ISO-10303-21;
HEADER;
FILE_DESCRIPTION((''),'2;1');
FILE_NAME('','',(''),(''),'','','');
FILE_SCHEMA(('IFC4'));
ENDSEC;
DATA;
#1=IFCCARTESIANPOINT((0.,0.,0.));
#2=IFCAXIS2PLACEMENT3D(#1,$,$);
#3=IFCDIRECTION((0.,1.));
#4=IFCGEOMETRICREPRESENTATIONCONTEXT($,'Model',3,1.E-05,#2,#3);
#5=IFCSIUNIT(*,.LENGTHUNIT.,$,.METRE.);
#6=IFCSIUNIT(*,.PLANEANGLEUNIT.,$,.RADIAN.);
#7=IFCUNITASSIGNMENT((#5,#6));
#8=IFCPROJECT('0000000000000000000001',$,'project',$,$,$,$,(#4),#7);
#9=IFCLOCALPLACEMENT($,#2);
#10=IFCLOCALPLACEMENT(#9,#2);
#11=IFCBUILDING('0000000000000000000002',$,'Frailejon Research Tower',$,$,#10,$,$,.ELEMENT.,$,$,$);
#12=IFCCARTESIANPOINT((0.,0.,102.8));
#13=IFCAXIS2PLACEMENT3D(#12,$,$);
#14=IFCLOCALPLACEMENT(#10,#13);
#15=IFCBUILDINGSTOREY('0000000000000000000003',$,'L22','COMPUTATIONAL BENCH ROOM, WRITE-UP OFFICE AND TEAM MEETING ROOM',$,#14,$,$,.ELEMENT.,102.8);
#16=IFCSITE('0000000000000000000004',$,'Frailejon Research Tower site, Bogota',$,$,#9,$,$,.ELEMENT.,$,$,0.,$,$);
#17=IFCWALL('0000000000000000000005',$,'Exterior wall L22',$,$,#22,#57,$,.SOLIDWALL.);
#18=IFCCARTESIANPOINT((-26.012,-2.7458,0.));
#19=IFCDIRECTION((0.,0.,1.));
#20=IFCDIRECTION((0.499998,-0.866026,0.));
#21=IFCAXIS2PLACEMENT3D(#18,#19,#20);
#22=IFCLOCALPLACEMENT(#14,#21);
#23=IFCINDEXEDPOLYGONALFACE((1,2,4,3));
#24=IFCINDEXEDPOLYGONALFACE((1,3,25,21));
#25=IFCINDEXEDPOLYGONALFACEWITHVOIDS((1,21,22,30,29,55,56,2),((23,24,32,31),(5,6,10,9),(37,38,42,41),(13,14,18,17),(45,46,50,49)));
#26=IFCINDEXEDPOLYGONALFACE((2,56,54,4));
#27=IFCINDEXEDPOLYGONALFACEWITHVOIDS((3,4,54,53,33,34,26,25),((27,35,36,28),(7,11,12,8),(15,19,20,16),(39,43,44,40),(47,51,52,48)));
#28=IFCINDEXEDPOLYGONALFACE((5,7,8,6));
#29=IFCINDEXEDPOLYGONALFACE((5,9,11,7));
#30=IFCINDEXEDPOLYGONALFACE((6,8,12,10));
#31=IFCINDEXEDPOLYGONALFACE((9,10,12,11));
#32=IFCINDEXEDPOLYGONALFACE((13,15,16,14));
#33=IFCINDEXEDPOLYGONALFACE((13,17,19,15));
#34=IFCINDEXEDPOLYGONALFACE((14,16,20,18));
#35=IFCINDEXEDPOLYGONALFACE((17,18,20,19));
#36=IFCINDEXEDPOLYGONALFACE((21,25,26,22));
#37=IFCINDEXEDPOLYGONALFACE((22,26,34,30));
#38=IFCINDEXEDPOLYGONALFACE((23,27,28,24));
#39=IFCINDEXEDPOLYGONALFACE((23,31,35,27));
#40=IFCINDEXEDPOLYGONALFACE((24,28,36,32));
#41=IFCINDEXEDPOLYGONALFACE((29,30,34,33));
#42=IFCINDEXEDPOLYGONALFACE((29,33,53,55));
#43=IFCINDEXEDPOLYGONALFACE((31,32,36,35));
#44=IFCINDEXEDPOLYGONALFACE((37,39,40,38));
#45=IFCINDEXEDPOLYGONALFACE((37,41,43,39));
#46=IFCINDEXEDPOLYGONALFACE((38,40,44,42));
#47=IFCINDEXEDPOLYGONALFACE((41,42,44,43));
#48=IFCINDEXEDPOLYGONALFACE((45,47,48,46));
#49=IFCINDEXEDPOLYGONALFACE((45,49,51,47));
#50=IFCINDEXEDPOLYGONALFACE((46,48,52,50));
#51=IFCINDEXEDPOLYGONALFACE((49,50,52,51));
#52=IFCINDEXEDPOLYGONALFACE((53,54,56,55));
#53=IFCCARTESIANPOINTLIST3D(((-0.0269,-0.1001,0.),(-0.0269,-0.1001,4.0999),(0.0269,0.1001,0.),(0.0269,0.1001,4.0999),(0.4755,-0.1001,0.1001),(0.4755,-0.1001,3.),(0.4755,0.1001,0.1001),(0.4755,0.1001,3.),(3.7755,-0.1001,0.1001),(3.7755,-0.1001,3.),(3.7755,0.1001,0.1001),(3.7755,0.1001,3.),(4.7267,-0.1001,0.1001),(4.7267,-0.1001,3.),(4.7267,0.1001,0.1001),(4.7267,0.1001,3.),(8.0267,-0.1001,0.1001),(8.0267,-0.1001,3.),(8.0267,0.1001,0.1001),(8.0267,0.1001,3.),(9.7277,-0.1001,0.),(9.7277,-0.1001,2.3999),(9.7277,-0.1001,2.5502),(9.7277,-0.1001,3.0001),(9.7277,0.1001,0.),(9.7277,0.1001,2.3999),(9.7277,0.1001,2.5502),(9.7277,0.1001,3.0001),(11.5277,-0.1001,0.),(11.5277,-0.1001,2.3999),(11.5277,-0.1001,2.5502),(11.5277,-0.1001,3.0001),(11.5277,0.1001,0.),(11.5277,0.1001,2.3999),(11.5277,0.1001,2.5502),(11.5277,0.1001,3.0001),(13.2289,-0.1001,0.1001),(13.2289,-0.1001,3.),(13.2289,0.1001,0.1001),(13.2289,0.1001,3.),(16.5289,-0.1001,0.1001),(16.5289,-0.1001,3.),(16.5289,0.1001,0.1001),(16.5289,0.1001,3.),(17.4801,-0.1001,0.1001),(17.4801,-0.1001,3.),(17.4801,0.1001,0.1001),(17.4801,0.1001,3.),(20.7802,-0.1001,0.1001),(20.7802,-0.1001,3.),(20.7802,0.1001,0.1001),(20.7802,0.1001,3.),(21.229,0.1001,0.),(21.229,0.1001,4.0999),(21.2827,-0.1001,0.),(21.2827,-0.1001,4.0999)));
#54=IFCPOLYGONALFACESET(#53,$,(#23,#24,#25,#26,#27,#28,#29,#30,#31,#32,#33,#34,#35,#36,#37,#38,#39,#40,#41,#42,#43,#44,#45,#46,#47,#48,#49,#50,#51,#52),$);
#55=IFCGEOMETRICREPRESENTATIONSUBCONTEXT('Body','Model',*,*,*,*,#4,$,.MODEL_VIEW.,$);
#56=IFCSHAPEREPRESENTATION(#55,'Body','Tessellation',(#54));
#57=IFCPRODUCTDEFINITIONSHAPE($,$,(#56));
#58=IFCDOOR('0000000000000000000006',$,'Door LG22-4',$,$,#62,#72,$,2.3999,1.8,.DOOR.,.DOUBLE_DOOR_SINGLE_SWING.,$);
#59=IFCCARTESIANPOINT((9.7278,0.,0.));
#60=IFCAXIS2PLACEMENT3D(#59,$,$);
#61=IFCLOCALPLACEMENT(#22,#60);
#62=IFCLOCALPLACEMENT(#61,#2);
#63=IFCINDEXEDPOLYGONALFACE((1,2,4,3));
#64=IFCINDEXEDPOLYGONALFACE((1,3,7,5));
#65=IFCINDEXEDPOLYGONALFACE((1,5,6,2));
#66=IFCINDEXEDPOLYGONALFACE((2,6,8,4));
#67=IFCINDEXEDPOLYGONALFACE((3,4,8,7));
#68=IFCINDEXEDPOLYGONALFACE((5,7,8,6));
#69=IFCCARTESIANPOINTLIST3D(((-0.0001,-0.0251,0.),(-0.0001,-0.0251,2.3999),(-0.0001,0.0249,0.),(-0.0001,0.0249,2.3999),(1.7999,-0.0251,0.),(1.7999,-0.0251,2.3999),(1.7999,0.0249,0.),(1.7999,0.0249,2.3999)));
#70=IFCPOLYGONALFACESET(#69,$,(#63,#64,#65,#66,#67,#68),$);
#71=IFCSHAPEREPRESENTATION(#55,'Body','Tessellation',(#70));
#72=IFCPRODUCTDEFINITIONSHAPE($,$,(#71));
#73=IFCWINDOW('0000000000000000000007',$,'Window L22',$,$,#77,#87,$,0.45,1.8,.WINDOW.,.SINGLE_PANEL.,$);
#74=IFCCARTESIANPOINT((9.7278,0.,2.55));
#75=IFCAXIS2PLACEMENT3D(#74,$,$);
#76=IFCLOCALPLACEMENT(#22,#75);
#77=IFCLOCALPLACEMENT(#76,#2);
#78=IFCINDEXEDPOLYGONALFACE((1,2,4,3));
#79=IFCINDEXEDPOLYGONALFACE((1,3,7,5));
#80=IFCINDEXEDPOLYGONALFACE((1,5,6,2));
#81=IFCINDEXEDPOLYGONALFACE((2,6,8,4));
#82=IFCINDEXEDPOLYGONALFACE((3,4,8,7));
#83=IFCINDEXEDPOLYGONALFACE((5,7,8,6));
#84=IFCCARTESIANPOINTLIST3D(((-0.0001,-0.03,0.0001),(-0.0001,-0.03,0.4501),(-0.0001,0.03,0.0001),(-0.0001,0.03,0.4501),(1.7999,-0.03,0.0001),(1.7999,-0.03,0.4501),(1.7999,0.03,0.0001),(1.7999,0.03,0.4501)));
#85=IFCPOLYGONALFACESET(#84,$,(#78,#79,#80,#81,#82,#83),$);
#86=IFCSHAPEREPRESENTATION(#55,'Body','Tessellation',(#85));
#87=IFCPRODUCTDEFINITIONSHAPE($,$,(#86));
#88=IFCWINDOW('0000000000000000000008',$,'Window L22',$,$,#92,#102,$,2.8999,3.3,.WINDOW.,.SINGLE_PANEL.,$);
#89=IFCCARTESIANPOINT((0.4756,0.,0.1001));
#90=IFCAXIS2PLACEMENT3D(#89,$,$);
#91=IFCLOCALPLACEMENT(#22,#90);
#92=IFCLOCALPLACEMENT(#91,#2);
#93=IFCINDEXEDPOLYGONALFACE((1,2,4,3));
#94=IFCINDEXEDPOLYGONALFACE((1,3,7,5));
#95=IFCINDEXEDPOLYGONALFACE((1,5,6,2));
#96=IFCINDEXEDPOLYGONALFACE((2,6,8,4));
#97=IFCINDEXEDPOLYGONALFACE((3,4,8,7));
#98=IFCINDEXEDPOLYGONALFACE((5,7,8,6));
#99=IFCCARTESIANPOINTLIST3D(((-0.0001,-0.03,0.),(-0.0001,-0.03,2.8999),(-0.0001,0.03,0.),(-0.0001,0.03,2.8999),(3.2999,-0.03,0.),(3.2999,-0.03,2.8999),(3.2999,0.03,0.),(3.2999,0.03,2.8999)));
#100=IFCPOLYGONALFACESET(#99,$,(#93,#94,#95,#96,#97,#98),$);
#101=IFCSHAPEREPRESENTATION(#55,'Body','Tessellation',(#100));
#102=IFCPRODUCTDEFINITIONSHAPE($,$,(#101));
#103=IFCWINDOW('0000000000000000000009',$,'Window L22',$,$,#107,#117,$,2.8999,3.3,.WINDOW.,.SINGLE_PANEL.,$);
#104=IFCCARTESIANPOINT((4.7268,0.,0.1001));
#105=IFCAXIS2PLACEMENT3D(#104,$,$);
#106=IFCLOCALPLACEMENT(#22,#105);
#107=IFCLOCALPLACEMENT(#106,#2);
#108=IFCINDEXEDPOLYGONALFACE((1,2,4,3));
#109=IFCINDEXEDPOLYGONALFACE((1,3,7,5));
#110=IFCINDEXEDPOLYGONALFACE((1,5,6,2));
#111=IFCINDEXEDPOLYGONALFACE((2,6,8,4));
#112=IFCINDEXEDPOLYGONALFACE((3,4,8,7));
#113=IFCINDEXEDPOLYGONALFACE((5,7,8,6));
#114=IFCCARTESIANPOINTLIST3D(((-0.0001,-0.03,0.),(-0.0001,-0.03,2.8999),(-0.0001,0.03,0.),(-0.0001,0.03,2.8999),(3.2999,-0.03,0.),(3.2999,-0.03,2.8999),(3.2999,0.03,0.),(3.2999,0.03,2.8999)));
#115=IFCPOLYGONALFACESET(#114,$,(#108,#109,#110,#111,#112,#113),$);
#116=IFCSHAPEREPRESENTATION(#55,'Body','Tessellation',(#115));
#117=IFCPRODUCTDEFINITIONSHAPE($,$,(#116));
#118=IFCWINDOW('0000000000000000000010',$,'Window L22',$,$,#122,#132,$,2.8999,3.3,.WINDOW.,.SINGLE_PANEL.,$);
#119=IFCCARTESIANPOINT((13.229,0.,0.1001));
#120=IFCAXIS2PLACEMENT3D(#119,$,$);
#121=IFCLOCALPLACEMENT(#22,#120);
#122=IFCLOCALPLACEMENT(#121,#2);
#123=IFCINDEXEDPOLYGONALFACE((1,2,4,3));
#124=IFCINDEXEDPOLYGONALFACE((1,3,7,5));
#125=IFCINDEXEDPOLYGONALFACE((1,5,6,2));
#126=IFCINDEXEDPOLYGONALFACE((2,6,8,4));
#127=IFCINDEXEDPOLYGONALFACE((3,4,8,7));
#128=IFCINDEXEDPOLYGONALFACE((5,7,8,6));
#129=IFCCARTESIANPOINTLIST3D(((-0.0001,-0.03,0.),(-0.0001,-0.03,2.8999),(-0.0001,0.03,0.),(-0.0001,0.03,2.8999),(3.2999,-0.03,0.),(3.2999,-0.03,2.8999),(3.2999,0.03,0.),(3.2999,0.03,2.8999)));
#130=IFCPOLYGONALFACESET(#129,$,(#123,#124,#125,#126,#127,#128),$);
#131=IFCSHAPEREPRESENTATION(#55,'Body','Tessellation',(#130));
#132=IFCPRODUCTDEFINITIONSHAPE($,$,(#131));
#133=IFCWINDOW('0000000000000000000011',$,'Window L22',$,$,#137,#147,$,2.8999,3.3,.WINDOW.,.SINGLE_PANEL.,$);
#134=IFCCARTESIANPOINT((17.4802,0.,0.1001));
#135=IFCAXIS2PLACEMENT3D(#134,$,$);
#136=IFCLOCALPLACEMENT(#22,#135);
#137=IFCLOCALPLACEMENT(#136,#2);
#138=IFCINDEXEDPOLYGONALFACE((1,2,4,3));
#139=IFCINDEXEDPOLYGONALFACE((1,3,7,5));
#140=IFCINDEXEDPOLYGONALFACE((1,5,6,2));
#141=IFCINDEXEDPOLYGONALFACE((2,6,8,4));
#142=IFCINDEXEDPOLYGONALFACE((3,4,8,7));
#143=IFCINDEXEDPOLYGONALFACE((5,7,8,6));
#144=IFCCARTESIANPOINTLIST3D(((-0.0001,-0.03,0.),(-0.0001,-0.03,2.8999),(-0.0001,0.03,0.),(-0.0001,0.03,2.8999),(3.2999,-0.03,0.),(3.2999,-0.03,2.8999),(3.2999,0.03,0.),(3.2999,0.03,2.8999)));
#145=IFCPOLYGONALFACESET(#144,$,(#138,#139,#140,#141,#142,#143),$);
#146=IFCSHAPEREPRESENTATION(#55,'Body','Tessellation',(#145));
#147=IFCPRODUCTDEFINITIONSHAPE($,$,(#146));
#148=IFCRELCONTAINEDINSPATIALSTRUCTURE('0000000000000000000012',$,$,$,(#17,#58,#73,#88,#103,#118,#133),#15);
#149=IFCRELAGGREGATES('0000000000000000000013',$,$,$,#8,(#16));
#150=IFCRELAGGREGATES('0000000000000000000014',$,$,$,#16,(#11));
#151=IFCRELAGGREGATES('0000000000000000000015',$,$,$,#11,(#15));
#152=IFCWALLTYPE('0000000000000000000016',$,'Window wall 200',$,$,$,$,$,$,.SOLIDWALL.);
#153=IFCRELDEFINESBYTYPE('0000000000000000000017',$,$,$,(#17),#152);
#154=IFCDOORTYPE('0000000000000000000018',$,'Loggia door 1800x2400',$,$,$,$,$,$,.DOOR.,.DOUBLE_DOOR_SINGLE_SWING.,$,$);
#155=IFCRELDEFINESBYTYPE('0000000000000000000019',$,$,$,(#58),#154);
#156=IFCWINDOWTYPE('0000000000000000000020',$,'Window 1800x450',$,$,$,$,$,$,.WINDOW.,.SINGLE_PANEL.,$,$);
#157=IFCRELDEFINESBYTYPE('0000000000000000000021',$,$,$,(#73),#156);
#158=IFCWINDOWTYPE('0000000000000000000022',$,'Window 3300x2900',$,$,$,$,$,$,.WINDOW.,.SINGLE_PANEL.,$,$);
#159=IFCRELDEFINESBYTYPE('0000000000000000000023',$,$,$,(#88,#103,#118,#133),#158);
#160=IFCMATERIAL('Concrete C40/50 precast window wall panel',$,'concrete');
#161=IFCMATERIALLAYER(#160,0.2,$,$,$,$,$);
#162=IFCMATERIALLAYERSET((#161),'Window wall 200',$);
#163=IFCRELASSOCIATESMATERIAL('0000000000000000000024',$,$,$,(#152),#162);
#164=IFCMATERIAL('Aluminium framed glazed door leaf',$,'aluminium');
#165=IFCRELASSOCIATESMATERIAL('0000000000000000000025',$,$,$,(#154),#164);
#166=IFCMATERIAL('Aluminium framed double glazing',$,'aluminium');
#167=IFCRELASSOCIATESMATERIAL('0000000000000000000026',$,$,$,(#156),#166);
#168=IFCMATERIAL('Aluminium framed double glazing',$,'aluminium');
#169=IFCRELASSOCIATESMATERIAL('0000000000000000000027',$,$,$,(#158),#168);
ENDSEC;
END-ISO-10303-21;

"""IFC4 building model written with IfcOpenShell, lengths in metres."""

from ifc_helpers import new_model, si_unit, direction, frame, frame_2d, origin, place, context, subcontext, project, spatial, polyline, rectangle, outline, extrude, material, layer, layer_set, type_object, element, fill, save


model = new_model("IFC4")

# Units and contexts
model_context = context("Model", 3, precision=1e-05, world=origin(), true_north=direction((0.0, 1.0)))
body_context = subcontext(model_context, "Body", "Model", "MODEL_VIEW")
ifc_project = project(units=[si_unit("LENGTHUNIT", "METRE"), si_unit("PLANEANGLEUNIT", "RADIAN")], contexts=[model_context])

# Site, building, storey
site_placement = place(None, origin())
site = spatial("IfcSite", under=ifc_project, at=site_placement, Name="Frailejon Research Tower site, Bogota", CompositionType="ELEMENT", RefElevation=0.0)
building_placement = place(site_placement, origin())
building = spatial("IfcBuilding", under=site, at=building_placement, Name="Frailejon Research Tower", CompositionType="ELEMENT")
storey_placement = place(building_placement, frame((0.0, 0.0, 102.8)))
storey = spatial("IfcBuildingStorey", under=building, at=storey_placement, Name="L22", Description="COMPUTATIONAL BENCH ROOM, WRITE-UP OFFICE AND TEAM MEETING ROOM", CompositionType="ELEMENT", Elevation=102.8)

# Wall, openings, door, windows
ifc_material_1 = material(Name="Concrete C40/50 precast window wall panel", Category="concrete")
ifc_layer_1 = layer(ifc_material_1, 0.2)
ifc_layer_set_1 = layer_set([ifc_layer_1], Name="Window wall 200")
wall_type_1 = type_object("IfcWallType", Name="Window wall 200", PredefinedType="SOLIDWALL", material=ifc_layer_set_1)
wall_1_placement = place(storey_placement, frame((-26.012, -2.7458, 0.0), z_axis=(0.0, 0.0, 1.0), x_axis=(0.499998, -0.866026, 0.0)))
wall_1 = element("IfcWall", 1, at=wall_1_placement, inside=storey, type_object=wall_type_1, Name="Exterior wall L22", PredefinedType="SOLIDWALL", context=body_context, shape_type="SweptSolid", body=[
    extrude(outline(polyline([(-0.0269, -0.1001), (0.9878, -0.1001), (2.0027, -0.1001), (3.0173, -0.1001), (4.0322, -0.1001), (5.0469, -0.1001), (6.0615, -0.1001), (7.0764, -0.1001), (8.0911, -0.1001), (9.1057, -0.1001), (10.1206, -0.1001), (11.1353, -0.1001), (12.1501, -0.1001), (13.1648, -0.1001), (14.1794, -0.1001), (15.1943, -0.1001), (16.209, -0.1001), (17.2236, -0.1001), (18.2385, -0.1001), (19.2532, -0.1001), (20.2681, -0.1001), (21.2827, -0.1001), (21.229, 0.1001), (20.2195, 0.1001), (19.2097, 0.1001), (18.2002, 0.1001), (17.1904, 0.1001), (16.1809, 0.1001), (15.1711, 0.1001), (14.1616, 0.1001), (13.1521, 0.1001), (12.1423, 0.1001), (11.1328, 0.1001), (10.123, 0.1001), (9.1135, 0.1001), (8.1038, 0.1001), (7.0942, 0.1001), (6.0847, 0.1001), (5.075, 0.1001), (4.0654, 0.1001), (3.0557, 0.1001), (2.0461, 0.1001), (1.0364, 0.1001), (0.0269, 0.1001), (-0.0269, -0.1001)])), origin(), (0.0, 0.0, 1.0), 4.0999),
])
opening_1_placement = place(wall_1_placement, frame((0.4756, 0.0, 0.1001)))
opening_1 = element("IfcOpeningElement", 2, at=opening_1_placement, cuts=wall_1, PredefinedType="OPENING", context=body_context, shape_type="SweptSolid", body=[
    extrude(rectangle(XDim=3.3, YDim=2.8999, at=frame_2d((1.6499, 1.45))), frame((0.0, 0.1099, 0.0), z_axis=(0.0, -1.0, 0.0), x_axis=(1.0, 0.0, 0.0)), (0.0, 0.0, 1.0), 0.22),
])
opening_2_placement = place(wall_1_placement, frame((4.7268, 0.0, 0.1001)))
opening_2 = element("IfcOpeningElement", 3, at=opening_2_placement, cuts=wall_1, PredefinedType="OPENING", context=body_context, shape_type="SweptSolid", body=[
    extrude(rectangle(XDim=3.3, YDim=2.8999, at=frame_2d((1.6499, 1.45))), frame((0.0, 0.1099, 0.0), z_axis=(0.0, -1.0, 0.0), x_axis=(1.0, 0.0, 0.0)), (0.0, 0.0, 1.0), 0.22),
])
opening_3_placement = place(wall_1_placement, frame((9.7278, 0.0, 0.0)))
opening_3 = element("IfcOpeningElement", 4, at=opening_3_placement, cuts=wall_1, PredefinedType="OPENING", context=body_context, shape_type="SweptSolid", body=[
    extrude(rectangle(XDim=1.8, YDim=2.3999, at=frame_2d((0.8999, 1.2))), frame((0.0, 0.1099, 0.0), z_axis=(0.0, -1.0, 0.0), x_axis=(1.0, 0.0, 0.0)), (0.0, 0.0, 1.0), 0.22),
])
opening_4_placement = place(wall_1_placement, frame((9.7278, 0.0, 2.55)))
opening_4 = element("IfcOpeningElement", 5, at=opening_4_placement, cuts=wall_1, PredefinedType="OPENING", context=body_context, shape_type="SweptSolid", body=[
    extrude(rectangle(XDim=1.8, YDim=0.45, at=frame_2d((0.8999, 0.2251))), frame((0.0, 0.1099, 0.0), z_axis=(0.0, -1.0, 0.0), x_axis=(1.0, 0.0, 0.0)), (0.0, 0.0, 1.0), 0.22),
])
opening_5_placement = place(wall_1_placement, frame((13.229, 0.0, 0.1001)))
opening_5 = element("IfcOpeningElement", 6, at=opening_5_placement, cuts=wall_1, PredefinedType="OPENING", context=body_context, shape_type="SweptSolid", body=[
    extrude(rectangle(XDim=3.3, YDim=2.8999, at=frame_2d((1.6499, 1.45))), frame((0.0, 0.1099, 0.0), z_axis=(0.0, -1.0, 0.0), x_axis=(1.0, 0.0, 0.0)), (0.0, 0.0, 1.0), 0.22),
])
opening_6_placement = place(wall_1_placement, frame((17.4802, 0.0, 0.1001)))
opening_6 = element("IfcOpeningElement", 7, at=opening_6_placement, cuts=wall_1, PredefinedType="OPENING", context=body_context, shape_type="SweptSolid", body=[
    extrude(rectangle(XDim=3.3, YDim=2.8999, at=frame_2d((1.6499, 1.45))), frame((0.0, 0.1099, 0.0), z_axis=(0.0, -1.0, 0.0), x_axis=(1.0, 0.0, 0.0)), (0.0, 0.0, 1.0), 0.22),
])
ifc_material_2 = material(Name="Aluminium framed glazed door leaf", Category="aluminium")
door_type = type_object("IfcDoorType", Name="Loggia door 1800x2400", OperationType="DOUBLE_DOOR_SINGLE_SWING", PredefinedType="DOOR", material=ifc_material_2)
door_placement = place(opening_3_placement, origin())
door = element("IfcDoor", 8, at=door_placement, inside=storey, type_object=door_type, Name="Door LG22-4", OperationType="DOUBLE_DOOR_SINGLE_SWING", OverallHeight=2.3999, OverallWidth=1.8, PredefinedType="DOOR", context=body_context, shape_type="SweptSolid", body=[
    extrude(rectangle(XDim=1.8, YDim=2.3999, at=frame_2d((0.8999, 1.2))), frame((0.0, 0.0249, 0.0), z_axis=(0.0, -1.0, 0.0), x_axis=(1.0, 0.0, 0.0)), (0.0, 0.0, 1.0), 0.05),
])
fill(opening_3, door)
ifc_material_3 = material(Name="Aluminium framed double glazing", Category="aluminium")
window_type_1 = type_object("IfcWindowType", Name="Window 1800x450", PartitioningType="SINGLE_PANEL", PredefinedType="WINDOW", material=ifc_material_3)
window_1_placement = place(opening_4_placement, origin())
window_1 = element("IfcWindow", 9, at=window_1_placement, inside=storey, type_object=window_type_1, Name="Window L22", OverallHeight=0.45, OverallWidth=1.8, PartitioningType="SINGLE_PANEL", PredefinedType="WINDOW", context=body_context, shape_type="SweptSolid", body=[
    extrude(rectangle(XDim=1.8, YDim=0.45, at=frame_2d((0.8999, 0.2251))), frame((0.0, 0.03, 0.0), z_axis=(0.0, -1.0, 0.0), x_axis=(1.0, 0.0, 0.0)), (0.0, 0.0, 1.0), 0.0601),
])
fill(opening_4, window_1)
ifc_material_4 = material(Name="Aluminium framed double glazing", Category="aluminium")
window_type_2 = type_object("IfcWindowType", Name="Window 3300x2900", PartitioningType="SINGLE_PANEL", PredefinedType="WINDOW", material=ifc_material_4)
window_2_placement = place(opening_1_placement, origin())
window_2 = element("IfcWindow", 10, at=window_2_placement, inside=storey, type_object=window_type_2, Name="Window L22", OverallHeight=2.8999, OverallWidth=3.3, PartitioningType="SINGLE_PANEL", PredefinedType="WINDOW", context=body_context, shape_type="SweptSolid", body=[
    extrude(rectangle(XDim=3.3, YDim=2.8999, at=frame_2d((1.6499, 1.45))), frame((0.0, 0.03, 0.0), z_axis=(0.0, -1.0, 0.0), x_axis=(1.0, 0.0, 0.0)), (0.0, 0.0, 1.0), 0.0601),
])
fill(opening_1, window_2)
window_3_placement = place(opening_2_placement, origin())
window_3 = element("IfcWindow", 11, at=window_3_placement, inside=storey, type_object=window_type_2, Name="Window L22", OverallHeight=2.8999, OverallWidth=3.3, PartitioningType="SINGLE_PANEL", PredefinedType="WINDOW", context=body_context, shape_type="SweptSolid", body=[
    extrude(rectangle(XDim=3.3, YDim=2.8999, at=frame_2d((1.6499, 1.45))), frame((0.0, 0.03, 0.0), z_axis=(0.0, -1.0, 0.0), x_axis=(1.0, 0.0, 0.0)), (0.0, 0.0, 1.0), 0.0601),
])
fill(opening_2, window_3)
window_4_placement = place(opening_5_placement, origin())
window_4 = element("IfcWindow", 12, at=window_4_placement, inside=storey, type_object=window_type_2, Name="Window L22", OverallHeight=2.8999, OverallWidth=3.3, PartitioningType="SINGLE_PANEL", PredefinedType="WINDOW", context=body_context, shape_type="SweptSolid", body=[
    extrude(rectangle(XDim=3.3, YDim=2.8999, at=frame_2d((1.6499, 1.45))), frame((0.0, 0.03, 0.0), z_axis=(0.0, -1.0, 0.0), x_axis=(1.0, 0.0, 0.0)), (0.0, 0.0, 1.0), 0.0601),
])
fill(opening_5, window_4)
window_5_placement = place(opening_6_placement, origin())
window_5 = element("IfcWindow", 13, at=window_5_placement, inside=storey, type_object=window_type_2, Name="Window L22", OverallHeight=2.8999, OverallWidth=3.3, PartitioningType="SINGLE_PANEL", PredefinedType="WINDOW", context=body_context, shape_type="SweptSolid", body=[
    extrude(rectangle(XDim=3.3, YDim=2.8999, at=frame_2d((1.6499, 1.45))), frame((0.0, 0.03, 0.0), z_axis=(0.0, -1.0, 0.0), x_axis=(1.0, 0.0, 0.0)), (0.0, 0.0, 1.0), 0.0601),
])
fill(opening_6, window_5)

save(model, "model.ifc")
